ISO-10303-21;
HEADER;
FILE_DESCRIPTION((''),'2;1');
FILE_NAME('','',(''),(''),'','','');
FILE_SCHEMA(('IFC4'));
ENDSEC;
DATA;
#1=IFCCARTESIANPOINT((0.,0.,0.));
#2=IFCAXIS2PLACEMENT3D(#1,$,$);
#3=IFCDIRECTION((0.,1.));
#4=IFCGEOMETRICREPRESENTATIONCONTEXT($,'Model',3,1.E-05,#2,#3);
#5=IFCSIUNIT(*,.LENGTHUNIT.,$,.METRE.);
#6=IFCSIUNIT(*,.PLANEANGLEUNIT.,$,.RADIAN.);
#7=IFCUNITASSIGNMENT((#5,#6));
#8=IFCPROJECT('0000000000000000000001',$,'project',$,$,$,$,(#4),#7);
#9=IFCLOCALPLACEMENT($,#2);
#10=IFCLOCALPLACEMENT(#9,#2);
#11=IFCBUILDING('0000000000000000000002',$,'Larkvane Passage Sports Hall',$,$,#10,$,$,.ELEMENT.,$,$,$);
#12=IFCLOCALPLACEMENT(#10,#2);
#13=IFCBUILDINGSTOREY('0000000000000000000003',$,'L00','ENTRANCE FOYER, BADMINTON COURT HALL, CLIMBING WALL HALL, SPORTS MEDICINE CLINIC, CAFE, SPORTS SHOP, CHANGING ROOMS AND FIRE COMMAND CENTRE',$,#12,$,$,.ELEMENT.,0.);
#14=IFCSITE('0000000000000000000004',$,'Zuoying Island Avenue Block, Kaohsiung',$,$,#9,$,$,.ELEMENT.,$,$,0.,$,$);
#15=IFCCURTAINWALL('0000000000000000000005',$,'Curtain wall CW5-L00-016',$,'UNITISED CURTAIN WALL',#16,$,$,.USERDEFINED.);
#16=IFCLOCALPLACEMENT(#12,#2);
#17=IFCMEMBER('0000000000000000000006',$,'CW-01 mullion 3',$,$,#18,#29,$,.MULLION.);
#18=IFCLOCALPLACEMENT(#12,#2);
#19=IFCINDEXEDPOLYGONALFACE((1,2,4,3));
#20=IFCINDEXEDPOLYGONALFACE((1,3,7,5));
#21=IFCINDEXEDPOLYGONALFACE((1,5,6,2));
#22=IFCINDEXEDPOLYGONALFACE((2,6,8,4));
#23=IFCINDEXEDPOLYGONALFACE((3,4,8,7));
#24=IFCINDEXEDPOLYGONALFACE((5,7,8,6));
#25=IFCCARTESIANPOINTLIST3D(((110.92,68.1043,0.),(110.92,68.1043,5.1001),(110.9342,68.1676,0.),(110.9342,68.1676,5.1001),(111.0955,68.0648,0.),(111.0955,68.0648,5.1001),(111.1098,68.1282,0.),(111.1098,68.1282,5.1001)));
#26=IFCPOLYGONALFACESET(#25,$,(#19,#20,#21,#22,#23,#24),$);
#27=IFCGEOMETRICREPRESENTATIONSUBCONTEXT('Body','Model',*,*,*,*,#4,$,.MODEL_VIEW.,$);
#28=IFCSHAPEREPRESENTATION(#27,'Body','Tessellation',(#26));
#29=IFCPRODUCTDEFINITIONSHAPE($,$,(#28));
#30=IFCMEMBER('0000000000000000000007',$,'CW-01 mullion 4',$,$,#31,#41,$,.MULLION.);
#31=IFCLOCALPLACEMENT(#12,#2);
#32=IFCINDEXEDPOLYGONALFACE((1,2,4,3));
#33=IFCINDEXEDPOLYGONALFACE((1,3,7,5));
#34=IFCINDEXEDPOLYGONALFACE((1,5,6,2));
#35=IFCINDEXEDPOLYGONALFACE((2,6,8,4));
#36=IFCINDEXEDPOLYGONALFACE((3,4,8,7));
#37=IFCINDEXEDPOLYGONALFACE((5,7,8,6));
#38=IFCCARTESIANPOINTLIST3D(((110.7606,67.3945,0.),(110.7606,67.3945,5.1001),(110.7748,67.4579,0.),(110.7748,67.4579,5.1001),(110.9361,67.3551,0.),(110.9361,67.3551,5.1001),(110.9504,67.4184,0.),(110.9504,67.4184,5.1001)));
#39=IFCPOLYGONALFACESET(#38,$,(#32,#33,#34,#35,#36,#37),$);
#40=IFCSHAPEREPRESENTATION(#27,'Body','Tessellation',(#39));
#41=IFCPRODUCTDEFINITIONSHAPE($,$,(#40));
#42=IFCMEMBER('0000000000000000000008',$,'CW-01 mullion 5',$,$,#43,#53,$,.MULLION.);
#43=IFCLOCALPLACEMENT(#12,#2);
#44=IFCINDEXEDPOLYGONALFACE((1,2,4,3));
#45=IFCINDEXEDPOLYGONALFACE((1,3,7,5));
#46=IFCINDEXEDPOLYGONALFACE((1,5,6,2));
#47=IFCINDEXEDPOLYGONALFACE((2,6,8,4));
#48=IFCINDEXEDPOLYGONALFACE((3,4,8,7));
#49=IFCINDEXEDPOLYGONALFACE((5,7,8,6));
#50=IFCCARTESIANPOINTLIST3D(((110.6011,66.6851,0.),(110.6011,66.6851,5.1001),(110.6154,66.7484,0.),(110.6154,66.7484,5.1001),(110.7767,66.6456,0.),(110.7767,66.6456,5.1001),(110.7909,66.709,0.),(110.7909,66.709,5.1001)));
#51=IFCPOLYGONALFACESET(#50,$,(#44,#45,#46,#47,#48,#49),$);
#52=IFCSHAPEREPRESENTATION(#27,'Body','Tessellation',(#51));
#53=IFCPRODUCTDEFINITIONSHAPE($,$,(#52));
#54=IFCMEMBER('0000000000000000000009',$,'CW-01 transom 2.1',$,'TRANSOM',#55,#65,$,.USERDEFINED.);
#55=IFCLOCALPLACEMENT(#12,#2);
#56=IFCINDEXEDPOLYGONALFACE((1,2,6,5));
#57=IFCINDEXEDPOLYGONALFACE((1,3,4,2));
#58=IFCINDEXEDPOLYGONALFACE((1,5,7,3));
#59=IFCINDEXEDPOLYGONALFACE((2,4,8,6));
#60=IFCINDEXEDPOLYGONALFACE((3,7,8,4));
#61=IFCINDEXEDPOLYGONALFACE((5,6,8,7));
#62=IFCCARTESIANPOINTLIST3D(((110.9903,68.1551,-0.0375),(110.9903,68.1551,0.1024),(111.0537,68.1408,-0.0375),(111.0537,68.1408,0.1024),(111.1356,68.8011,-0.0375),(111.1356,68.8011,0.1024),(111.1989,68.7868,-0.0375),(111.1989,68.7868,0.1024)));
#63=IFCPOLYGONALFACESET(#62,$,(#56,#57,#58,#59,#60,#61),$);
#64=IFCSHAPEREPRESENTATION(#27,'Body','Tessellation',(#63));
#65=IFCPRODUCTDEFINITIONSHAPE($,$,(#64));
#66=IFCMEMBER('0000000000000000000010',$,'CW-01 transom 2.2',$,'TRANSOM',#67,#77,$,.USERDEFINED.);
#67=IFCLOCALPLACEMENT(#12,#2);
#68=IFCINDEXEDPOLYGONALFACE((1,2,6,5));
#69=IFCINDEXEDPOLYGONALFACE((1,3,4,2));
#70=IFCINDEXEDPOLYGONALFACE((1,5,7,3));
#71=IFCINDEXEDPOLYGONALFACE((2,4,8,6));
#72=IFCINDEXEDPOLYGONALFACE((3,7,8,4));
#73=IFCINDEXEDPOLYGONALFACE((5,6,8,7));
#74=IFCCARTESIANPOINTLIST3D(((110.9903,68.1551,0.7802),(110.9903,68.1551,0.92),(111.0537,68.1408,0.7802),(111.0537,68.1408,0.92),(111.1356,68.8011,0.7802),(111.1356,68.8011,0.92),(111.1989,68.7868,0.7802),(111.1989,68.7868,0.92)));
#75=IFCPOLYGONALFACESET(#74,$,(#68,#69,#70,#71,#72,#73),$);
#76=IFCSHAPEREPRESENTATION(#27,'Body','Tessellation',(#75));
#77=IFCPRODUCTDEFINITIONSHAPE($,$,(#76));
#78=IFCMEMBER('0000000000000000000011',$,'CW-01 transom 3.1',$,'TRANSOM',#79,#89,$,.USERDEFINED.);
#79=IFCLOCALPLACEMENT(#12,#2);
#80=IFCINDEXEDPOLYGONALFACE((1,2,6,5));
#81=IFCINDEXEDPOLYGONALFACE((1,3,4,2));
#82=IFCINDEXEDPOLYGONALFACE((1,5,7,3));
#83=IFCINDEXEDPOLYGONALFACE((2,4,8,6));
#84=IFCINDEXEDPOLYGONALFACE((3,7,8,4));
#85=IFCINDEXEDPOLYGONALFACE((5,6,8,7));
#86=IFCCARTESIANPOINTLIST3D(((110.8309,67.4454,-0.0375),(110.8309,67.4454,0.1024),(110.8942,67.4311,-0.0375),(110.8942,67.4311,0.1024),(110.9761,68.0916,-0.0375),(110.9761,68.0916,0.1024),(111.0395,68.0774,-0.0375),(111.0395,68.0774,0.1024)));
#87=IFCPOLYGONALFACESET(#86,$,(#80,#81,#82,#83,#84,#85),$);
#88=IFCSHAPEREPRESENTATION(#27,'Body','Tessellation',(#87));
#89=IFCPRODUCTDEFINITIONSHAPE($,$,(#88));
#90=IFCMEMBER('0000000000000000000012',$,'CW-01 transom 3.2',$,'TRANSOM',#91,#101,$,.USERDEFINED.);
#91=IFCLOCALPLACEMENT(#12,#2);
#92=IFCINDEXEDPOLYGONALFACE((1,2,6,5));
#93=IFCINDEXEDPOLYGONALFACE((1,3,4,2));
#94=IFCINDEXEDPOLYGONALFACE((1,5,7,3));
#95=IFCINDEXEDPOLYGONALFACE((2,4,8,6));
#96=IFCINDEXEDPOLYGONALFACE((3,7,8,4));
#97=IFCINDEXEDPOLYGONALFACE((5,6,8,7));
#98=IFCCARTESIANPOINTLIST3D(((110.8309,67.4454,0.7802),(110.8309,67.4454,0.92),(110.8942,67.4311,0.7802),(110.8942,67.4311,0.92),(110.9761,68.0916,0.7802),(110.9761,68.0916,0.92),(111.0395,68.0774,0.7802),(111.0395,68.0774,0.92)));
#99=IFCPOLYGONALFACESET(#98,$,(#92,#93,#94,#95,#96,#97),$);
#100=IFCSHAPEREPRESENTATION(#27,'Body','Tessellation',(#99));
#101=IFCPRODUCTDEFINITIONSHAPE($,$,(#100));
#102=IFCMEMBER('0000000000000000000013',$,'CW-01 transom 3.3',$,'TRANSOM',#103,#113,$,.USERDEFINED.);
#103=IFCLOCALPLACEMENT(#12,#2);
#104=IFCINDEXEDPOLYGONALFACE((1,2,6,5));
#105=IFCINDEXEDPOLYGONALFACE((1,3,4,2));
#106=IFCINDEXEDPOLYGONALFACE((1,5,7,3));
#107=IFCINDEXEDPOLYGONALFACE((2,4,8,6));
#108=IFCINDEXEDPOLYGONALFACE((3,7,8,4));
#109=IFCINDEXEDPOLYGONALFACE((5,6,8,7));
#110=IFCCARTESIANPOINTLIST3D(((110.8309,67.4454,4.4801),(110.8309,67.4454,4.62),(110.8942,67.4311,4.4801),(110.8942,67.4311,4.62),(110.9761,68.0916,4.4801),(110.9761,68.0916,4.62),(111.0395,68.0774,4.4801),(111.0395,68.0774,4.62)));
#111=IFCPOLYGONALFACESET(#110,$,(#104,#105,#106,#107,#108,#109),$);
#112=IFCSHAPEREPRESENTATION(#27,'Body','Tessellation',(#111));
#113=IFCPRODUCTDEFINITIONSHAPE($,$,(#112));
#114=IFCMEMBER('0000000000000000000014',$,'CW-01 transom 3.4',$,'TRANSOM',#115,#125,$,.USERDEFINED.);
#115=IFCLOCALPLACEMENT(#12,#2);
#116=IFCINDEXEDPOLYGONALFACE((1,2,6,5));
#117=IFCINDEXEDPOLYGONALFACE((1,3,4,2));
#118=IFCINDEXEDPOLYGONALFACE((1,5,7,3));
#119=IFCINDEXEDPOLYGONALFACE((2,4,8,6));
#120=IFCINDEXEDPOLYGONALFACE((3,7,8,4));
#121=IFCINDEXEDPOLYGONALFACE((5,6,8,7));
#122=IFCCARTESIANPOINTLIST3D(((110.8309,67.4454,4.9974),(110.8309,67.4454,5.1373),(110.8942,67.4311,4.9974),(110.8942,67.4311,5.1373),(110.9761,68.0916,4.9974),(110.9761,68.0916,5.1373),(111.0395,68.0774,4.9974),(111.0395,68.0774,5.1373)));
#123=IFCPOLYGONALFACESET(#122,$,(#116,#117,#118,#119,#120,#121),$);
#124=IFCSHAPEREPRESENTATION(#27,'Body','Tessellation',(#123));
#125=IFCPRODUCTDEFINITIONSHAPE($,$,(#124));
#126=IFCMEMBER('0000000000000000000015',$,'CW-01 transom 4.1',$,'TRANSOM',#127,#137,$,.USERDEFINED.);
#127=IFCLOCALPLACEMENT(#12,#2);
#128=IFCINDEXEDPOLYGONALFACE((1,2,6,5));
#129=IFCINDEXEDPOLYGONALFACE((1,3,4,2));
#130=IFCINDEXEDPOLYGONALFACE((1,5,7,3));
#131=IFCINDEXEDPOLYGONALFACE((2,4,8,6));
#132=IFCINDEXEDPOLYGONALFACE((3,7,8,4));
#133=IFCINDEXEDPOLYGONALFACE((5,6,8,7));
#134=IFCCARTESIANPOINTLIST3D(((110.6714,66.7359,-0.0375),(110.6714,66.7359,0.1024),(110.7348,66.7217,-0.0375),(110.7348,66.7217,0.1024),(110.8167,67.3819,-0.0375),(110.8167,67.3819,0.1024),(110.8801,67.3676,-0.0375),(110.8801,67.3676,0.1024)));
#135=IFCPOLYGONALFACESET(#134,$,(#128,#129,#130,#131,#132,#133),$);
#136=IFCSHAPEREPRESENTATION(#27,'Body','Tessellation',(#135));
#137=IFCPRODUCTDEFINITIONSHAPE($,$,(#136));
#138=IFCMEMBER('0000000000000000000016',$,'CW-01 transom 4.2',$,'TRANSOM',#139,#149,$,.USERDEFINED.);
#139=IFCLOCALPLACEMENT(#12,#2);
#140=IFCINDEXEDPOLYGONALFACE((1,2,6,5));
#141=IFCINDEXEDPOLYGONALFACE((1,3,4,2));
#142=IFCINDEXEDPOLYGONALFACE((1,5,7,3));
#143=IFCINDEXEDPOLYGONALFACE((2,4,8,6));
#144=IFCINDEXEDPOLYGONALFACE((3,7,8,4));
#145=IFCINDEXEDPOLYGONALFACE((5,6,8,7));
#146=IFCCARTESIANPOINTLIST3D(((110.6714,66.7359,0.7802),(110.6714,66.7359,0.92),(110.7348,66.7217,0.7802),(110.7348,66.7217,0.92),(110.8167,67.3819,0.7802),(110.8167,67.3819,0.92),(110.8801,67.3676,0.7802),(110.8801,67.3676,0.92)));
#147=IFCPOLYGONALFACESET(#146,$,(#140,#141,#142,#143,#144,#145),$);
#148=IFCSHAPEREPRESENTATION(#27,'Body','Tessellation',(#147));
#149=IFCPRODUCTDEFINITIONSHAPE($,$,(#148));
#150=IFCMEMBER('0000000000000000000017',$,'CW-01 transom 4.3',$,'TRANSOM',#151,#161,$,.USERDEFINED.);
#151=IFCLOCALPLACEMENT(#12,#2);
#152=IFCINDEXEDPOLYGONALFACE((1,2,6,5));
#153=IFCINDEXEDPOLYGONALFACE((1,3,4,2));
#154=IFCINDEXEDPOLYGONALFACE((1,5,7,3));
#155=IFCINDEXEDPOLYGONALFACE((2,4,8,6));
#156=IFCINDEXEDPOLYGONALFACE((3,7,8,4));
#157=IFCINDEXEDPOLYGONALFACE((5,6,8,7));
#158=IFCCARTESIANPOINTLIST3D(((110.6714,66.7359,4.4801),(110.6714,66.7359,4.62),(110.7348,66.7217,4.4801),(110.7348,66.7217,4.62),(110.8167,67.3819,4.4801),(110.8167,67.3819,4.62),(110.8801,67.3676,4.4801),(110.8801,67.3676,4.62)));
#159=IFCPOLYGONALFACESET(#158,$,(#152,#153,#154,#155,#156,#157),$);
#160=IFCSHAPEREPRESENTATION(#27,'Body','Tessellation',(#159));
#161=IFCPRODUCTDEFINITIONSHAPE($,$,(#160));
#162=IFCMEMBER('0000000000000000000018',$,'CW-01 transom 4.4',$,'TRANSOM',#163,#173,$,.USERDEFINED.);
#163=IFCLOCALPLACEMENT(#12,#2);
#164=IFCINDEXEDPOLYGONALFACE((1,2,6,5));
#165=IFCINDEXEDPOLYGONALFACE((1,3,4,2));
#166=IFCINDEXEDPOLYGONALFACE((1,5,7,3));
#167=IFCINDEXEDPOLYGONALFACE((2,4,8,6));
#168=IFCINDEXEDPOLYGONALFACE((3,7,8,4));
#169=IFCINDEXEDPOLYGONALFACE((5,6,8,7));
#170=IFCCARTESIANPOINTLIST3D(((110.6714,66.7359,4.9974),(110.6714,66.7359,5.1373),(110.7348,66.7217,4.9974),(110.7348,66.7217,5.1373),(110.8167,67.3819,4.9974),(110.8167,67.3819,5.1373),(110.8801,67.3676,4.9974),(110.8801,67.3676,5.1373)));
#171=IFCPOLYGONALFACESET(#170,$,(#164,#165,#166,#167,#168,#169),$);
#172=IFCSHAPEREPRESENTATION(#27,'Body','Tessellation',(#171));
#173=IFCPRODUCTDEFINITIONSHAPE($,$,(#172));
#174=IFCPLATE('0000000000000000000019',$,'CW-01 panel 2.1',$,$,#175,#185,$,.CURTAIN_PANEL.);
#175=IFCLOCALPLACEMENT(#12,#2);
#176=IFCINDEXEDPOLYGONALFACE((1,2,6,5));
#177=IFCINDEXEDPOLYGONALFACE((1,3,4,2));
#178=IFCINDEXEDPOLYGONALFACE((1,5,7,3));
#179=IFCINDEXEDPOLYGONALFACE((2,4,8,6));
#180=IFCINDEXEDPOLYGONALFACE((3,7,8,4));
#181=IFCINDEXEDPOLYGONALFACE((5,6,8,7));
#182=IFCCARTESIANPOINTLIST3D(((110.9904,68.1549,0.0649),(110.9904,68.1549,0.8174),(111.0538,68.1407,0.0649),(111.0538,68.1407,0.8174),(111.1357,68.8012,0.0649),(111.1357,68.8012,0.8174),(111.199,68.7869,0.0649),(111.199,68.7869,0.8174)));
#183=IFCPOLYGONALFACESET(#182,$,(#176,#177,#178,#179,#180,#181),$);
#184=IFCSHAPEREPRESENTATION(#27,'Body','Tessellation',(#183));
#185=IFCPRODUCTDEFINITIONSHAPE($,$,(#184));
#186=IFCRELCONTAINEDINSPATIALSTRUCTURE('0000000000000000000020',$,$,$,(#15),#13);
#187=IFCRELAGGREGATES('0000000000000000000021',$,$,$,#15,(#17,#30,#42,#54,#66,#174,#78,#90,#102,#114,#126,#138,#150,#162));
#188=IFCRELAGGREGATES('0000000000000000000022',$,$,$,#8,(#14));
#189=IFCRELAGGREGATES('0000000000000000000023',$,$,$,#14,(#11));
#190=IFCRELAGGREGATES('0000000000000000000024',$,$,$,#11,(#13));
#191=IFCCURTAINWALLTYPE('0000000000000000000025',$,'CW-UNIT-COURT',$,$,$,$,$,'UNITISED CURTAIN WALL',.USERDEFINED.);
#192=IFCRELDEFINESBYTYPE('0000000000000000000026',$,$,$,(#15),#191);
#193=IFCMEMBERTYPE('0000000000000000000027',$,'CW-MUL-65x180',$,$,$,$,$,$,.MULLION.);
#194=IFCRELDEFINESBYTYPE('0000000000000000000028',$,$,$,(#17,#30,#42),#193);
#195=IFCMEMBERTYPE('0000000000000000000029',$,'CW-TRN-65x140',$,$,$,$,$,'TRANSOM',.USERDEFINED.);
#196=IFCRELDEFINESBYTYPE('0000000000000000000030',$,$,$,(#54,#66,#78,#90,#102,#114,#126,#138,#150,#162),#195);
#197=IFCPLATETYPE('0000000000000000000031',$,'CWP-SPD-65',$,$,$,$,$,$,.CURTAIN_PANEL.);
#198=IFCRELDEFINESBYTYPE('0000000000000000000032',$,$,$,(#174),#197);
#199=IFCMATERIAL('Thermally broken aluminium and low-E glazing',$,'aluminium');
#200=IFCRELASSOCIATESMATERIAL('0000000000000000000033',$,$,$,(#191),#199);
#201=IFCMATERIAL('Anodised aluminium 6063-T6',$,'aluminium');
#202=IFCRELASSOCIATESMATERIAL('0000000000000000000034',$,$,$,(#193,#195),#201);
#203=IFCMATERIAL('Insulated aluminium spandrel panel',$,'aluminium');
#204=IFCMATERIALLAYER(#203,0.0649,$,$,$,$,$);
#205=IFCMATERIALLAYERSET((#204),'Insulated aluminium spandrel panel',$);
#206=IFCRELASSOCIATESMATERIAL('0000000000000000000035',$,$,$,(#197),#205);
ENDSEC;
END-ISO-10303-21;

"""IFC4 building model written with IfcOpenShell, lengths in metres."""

from ifc_helpers import new_model, si_unit, direction, frame, origin, origin_2d, place, context, subcontext, project, spatial, rectangle, extrude, material, layer, layer_set, material_profile, profile_set, type_object, element, aggregate, save


model = new_model("IFC4")

# Units and contexts
model_context = context("Model", 3, precision=1e-05, world=origin(), true_north=direction((0.0, 1.0)))
body_context = subcontext(model_context, "Body", "Model", "MODEL_VIEW")
ifc_project = project(units=[si_unit("LENGTHUNIT", "METRE"), si_unit("PLANEANGLEUNIT", "RADIAN")], contexts=[model_context])

# Site, building, storey
site_placement = place(None, origin())
site = spatial("IfcSite", under=ifc_project, at=site_placement, Name="Zuoying Island Avenue Block, Kaohsiung", CompositionType="ELEMENT", RefElevation=0.0)
building_placement = place(site_placement, origin())
building = spatial("IfcBuilding", under=site, at=building_placement, Name="Larkvane Passage Sports Hall", CompositionType="ELEMENT")
storey_placement = place(building_placement, origin())
storey = spatial("IfcBuildingStorey", under=building, at=storey_placement, Name="L00", Description="ENTRANCE FOYER, BADMINTON COURT HALL, CLIMBING WALL HALL, SPORTS MEDICINE CLINIC, CAFE, SPORTS SHOP, CHANGING ROOMS AND FIRE COMMAND CENTRE", CompositionType="ELEMENT", Elevation=0.0)

# Curtain wall, members, plate
ifc_material_1 = material(Name="Thermally broken aluminium and low-E glazing", Category="aluminium")
curtain_wall_type = type_object("IfcCurtainWallType", Name="CW-UNIT-COURT", ElementType="UNITISED CURTAIN WALL", PredefinedType="USERDEFINED", material=ifc_material_1)
curtain_wall_placement = place(storey_placement, origin())
curtain_wall = element("IfcCurtainWall", 1, at=curtain_wall_placement, inside=storey, type_object=curtain_wall_type, Name="Curtain wall CW5-L00-016", ObjectType="UNITISED CURTAIN WALL", PredefinedType="USERDEFINED")
ifc_material_2 = material(Name="Anodised aluminium 6063-T6", Category="aluminium")
ifc_material_profile_1 = material_profile(ifc_material_2, rectangle(XDim=0.0649, YDim=0.1799, at=origin_2d()), Name="ALU-MUL-65x180")
ifc_profile_set_1 = profile_set([ifc_material_profile_1], Name="Anodised aluminium 6063-T6")
member_type_1 = type_object("IfcMemberType", Name="CW-MUL-65x180", PredefinedType="MULLION", material=ifc_profile_set_1)
member_1_placement = place(storey_placement, frame((111.0149, 68.1162, 0.0), z_axis=(0.0, 0.0, 1.0), x_axis=(-0.219261, -0.975666, 0.0)))
member_1 = element("IfcMember", 2, at=member_1_placement, type_object=member_type_1, Name="CW-01 mullion 3", PredefinedType="MULLION", context=body_context, shape_type="SweptSolid", body=[
    extrude(rectangle(XDim=0.0649, YDim=0.1799, at=origin_2d()), origin(), (0.0, 0.0, 1.0), 5.1001),
])
member_2_placement = place(storey_placement, frame((110.8555, 67.4065, 0.0), z_axis=(0.0, 0.0, 1.0), x_axis=(-0.219261, -0.975666, 0.0)))
member_2 = element("IfcMember", 3, at=member_2_placement, type_object=member_type_1, Name="CW-01 mullion 4", PredefinedType="MULLION", context=body_context, shape_type="SweptSolid", body=[
    extrude(rectangle(XDim=0.0649, YDim=0.1799, at=origin_2d()), origin(), (0.0, 0.0, 1.0), 5.1001),
])
member_3_placement = place(storey_placement, frame((110.696, 66.697, 0.0), z_axis=(0.0, 0.0, 1.0), x_axis=(-0.219261, -0.975666, 0.0)))
member_3 = element("IfcMember", 4, at=member_3_placement, type_object=member_type_1, Name="CW-01 mullion 5", PredefinedType="MULLION", context=body_context, shape_type="SweptSolid", body=[
    extrude(rectangle(XDim=0.0649, YDim=0.1799, at=origin_2d()), origin(), (0.0, 0.0, 1.0), 5.1001),
])
ifc_material_profile_2 = material_profile(ifc_material_2, rectangle(XDim=0.0649, YDim=0.1399, at=origin_2d()), Name="ALU-TRN-65x140")
ifc_profile_set_2 = profile_set([ifc_material_profile_2], Name="Anodised aluminium 6063-T6")
member_type_2 = type_object("IfcMemberType", Name="CW-TRN-65x140", ElementType="TRANSOM", PredefinedType="USERDEFINED", material=ifc_profile_set_2)
member_4_placement = place(storey_placement, frame((111.1672, 68.7939, 0.0325), z_axis=(-0.219389, -0.975637, 0.0), x_axis=(0.975637, -0.219389, 0.0)))
member_4 = element("IfcMember", 5, at=member_4_placement, type_object=member_type_2, Name="CW-01 transom 2.1", ObjectType="TRANSOM", PredefinedType="USERDEFINED", context=body_context, shape_type="SweptSolid", body=[
    extrude(rectangle(XDim=0.0649, YDim=0.1399, at=origin_2d()), origin(), (0.0, 0.0, 1.0), 0.6621),
])
member_5_placement = place(storey_placement, frame((111.1672, 68.7939, 0.8501), z_axis=(-0.219389, -0.975637, 0.0), x_axis=(0.975637, -0.219389, 0.0)))
member_5 = element("IfcMember", 6, at=member_5_placement, type_object=member_type_2, Name="CW-01 transom 2.2", ObjectType="TRANSOM", PredefinedType="USERDEFINED", context=body_context, shape_type="SweptSolid", body=[
    extrude(rectangle(XDim=0.0649, YDim=0.1399, at=origin_2d()), origin(), (0.0, 0.0, 1.0), 0.6621),
])
member_6_placement = place(storey_placement, frame((111.0078, 68.0845, 0.0325), z_axis=(-0.21931, -0.975655, 0.0), x_axis=(0.975655, -0.21931, 0.0)))
member_6 = element("IfcMember", 7, at=member_6_placement, type_object=member_type_2, Name="CW-01 transom 3.1", ObjectType="TRANSOM", PredefinedType="USERDEFINED", context=body_context, shape_type="SweptSolid", body=[
    extrude(rectangle(XDim=0.0649, YDim=0.1399, at=origin_2d()), origin(), (0.0, 0.0, 1.0), 0.6624),
])
member_7_placement = place(storey_placement, frame((111.0078, 68.0845, 0.8501), z_axis=(-0.21931, -0.975655, 0.0), x_axis=(0.975655, -0.21931, 0.0)))
member_7 = element("IfcMember", 8, at=member_7_placement, type_object=member_type_2, Name="CW-01 transom 3.2", ObjectType="TRANSOM", PredefinedType="USERDEFINED", context=body_context, shape_type="SweptSolid", body=[
    extrude(rectangle(XDim=0.0649, YDim=0.1399, at=origin_2d()), origin(), (0.0, 0.0, 1.0), 0.6624),
])
member_8_placement = place(storey_placement, frame((111.0078, 68.0845, 4.55), z_axis=(-0.21931, -0.975655, 0.0), x_axis=(0.975655, -0.21931, 0.0)))
member_8 = element("IfcMember", 9, at=member_8_placement, type_object=member_type_2, Name="CW-01 transom 3.3", ObjectType="TRANSOM", PredefinedType="USERDEFINED", context=body_context, shape_type="SweptSolid", body=[
    extrude(rectangle(XDim=0.0649, YDim=0.1399, at=origin_2d()), origin(), (0.0, 0.0, 1.0), 0.6624),
])
member_9_placement = place(storey_placement, frame((111.0078, 68.0845, 5.0674), z_axis=(-0.21931, -0.975655, 0.0), x_axis=(0.975655, -0.21931, 0.0)))
member_9 = element("IfcMember", 10, at=member_9_placement, type_object=member_type_2, Name="CW-01 transom 3.4", ObjectType="TRANSOM", PredefinedType="USERDEFINED", context=body_context, shape_type="SweptSolid", body=[
    extrude(rectangle(XDim=0.0649, YDim=0.1399, at=origin_2d()), origin(), (0.0, 0.0, 1.0), 0.6624),
])
member_10_placement = place(storey_placement, frame((110.8484, 67.3748, 0.0325), z_axis=(-0.219389, -0.975637, 0.0), x_axis=(0.975637, -0.219389, 0.0)))
member_10 = element("IfcMember", 11, at=member_10_placement, type_object=member_type_2, Name="CW-01 transom 4.1", ObjectType="TRANSOM", PredefinedType="USERDEFINED", context=body_context, shape_type="SweptSolid", body=[
    extrude(rectangle(XDim=0.0649, YDim=0.1399, at=origin_2d()), origin(), (0.0, 0.0, 1.0), 0.6621),
])
member_11_placement = place(storey_placement, frame((110.8484, 67.3748, 0.8501), z_axis=(-0.219389, -0.975637, 0.0), x_axis=(0.975637, -0.219389, 0.0)))
member_11 = element("IfcMember", 12, at=member_11_placement, type_object=member_type_2, Name="CW-01 transom 4.2", ObjectType="TRANSOM", PredefinedType="USERDEFINED", context=body_context, shape_type="SweptSolid", body=[
    extrude(rectangle(XDim=0.0649, YDim=0.1399, at=origin_2d()), origin(), (0.0, 0.0, 1.0), 0.6621),
])
member_12_placement = place(storey_placement, frame((110.8484, 67.3748, 4.55), z_axis=(-0.219389, -0.975637, 0.0), x_axis=(0.975637, -0.219389, 0.0)))
member_12 = element("IfcMember", 13, at=member_12_placement, type_object=member_type_2, Name="CW-01 transom 4.3", ObjectType="TRANSOM", PredefinedType="USERDEFINED", context=body_context, shape_type="SweptSolid", body=[
    extrude(rectangle(XDim=0.0649, YDim=0.1399, at=origin_2d()), origin(), (0.0, 0.0, 1.0), 0.6621),
])
member_13_placement = place(storey_placement, frame((110.8484, 67.3748, 5.0674), z_axis=(-0.219389, -0.975637, 0.0), x_axis=(0.975637, -0.219389, 0.0)))
member_13 = element("IfcMember", 14, at=member_13_placement, type_object=member_type_2, Name="CW-01 transom 4.4", ObjectType="TRANSOM", PredefinedType="USERDEFINED", context=body_context, shape_type="SweptSolid", body=[
    extrude(rectangle(XDim=0.0649, YDim=0.1399, at=origin_2d()), origin(), (0.0, 0.0, 1.0), 0.6621),
])
ifc_material_3 = material(Name="Insulated aluminium spandrel panel", Category="aluminium")
ifc_layer_1 = layer(ifc_material_3, 0.0649)
ifc_layer_set_1 = layer_set([ifc_layer_1], Name="Insulated aluminium spandrel panel")
plate_type_1 = type_object("IfcPlateType", Name="CWP-SPD-65", PredefinedType="CURTAIN_PANEL", material=ifc_layer_set_1)
plate_1_placement = place(storey_placement, frame((111.0947, 68.4709, 0.0649), z_axis=(0.0, 0.0, 1.0), x_axis=(-0.219261, -0.975666, 0.0)))
plate_1 = element("IfcPlate", 15, at=plate_1_placement, type_object=plate_type_1, Name="CW-01 panel 2.1", PredefinedType="CURTAIN_PANEL", context=body_context, shape_type="SweptSolid", body=[
    extrude(rectangle(XDim=0.6624, YDim=0.0649, at=origin_2d()), origin(), (0.0, 0.0, 1.0), 0.7524),
])
aggregate(curtain_wall, [member_1, member_2, member_3, member_4, member_5, plate_1, member_6, member_7, member_8, member_9, member_10, member_11, member_12, member_13])

save(model, "model.ifc")
